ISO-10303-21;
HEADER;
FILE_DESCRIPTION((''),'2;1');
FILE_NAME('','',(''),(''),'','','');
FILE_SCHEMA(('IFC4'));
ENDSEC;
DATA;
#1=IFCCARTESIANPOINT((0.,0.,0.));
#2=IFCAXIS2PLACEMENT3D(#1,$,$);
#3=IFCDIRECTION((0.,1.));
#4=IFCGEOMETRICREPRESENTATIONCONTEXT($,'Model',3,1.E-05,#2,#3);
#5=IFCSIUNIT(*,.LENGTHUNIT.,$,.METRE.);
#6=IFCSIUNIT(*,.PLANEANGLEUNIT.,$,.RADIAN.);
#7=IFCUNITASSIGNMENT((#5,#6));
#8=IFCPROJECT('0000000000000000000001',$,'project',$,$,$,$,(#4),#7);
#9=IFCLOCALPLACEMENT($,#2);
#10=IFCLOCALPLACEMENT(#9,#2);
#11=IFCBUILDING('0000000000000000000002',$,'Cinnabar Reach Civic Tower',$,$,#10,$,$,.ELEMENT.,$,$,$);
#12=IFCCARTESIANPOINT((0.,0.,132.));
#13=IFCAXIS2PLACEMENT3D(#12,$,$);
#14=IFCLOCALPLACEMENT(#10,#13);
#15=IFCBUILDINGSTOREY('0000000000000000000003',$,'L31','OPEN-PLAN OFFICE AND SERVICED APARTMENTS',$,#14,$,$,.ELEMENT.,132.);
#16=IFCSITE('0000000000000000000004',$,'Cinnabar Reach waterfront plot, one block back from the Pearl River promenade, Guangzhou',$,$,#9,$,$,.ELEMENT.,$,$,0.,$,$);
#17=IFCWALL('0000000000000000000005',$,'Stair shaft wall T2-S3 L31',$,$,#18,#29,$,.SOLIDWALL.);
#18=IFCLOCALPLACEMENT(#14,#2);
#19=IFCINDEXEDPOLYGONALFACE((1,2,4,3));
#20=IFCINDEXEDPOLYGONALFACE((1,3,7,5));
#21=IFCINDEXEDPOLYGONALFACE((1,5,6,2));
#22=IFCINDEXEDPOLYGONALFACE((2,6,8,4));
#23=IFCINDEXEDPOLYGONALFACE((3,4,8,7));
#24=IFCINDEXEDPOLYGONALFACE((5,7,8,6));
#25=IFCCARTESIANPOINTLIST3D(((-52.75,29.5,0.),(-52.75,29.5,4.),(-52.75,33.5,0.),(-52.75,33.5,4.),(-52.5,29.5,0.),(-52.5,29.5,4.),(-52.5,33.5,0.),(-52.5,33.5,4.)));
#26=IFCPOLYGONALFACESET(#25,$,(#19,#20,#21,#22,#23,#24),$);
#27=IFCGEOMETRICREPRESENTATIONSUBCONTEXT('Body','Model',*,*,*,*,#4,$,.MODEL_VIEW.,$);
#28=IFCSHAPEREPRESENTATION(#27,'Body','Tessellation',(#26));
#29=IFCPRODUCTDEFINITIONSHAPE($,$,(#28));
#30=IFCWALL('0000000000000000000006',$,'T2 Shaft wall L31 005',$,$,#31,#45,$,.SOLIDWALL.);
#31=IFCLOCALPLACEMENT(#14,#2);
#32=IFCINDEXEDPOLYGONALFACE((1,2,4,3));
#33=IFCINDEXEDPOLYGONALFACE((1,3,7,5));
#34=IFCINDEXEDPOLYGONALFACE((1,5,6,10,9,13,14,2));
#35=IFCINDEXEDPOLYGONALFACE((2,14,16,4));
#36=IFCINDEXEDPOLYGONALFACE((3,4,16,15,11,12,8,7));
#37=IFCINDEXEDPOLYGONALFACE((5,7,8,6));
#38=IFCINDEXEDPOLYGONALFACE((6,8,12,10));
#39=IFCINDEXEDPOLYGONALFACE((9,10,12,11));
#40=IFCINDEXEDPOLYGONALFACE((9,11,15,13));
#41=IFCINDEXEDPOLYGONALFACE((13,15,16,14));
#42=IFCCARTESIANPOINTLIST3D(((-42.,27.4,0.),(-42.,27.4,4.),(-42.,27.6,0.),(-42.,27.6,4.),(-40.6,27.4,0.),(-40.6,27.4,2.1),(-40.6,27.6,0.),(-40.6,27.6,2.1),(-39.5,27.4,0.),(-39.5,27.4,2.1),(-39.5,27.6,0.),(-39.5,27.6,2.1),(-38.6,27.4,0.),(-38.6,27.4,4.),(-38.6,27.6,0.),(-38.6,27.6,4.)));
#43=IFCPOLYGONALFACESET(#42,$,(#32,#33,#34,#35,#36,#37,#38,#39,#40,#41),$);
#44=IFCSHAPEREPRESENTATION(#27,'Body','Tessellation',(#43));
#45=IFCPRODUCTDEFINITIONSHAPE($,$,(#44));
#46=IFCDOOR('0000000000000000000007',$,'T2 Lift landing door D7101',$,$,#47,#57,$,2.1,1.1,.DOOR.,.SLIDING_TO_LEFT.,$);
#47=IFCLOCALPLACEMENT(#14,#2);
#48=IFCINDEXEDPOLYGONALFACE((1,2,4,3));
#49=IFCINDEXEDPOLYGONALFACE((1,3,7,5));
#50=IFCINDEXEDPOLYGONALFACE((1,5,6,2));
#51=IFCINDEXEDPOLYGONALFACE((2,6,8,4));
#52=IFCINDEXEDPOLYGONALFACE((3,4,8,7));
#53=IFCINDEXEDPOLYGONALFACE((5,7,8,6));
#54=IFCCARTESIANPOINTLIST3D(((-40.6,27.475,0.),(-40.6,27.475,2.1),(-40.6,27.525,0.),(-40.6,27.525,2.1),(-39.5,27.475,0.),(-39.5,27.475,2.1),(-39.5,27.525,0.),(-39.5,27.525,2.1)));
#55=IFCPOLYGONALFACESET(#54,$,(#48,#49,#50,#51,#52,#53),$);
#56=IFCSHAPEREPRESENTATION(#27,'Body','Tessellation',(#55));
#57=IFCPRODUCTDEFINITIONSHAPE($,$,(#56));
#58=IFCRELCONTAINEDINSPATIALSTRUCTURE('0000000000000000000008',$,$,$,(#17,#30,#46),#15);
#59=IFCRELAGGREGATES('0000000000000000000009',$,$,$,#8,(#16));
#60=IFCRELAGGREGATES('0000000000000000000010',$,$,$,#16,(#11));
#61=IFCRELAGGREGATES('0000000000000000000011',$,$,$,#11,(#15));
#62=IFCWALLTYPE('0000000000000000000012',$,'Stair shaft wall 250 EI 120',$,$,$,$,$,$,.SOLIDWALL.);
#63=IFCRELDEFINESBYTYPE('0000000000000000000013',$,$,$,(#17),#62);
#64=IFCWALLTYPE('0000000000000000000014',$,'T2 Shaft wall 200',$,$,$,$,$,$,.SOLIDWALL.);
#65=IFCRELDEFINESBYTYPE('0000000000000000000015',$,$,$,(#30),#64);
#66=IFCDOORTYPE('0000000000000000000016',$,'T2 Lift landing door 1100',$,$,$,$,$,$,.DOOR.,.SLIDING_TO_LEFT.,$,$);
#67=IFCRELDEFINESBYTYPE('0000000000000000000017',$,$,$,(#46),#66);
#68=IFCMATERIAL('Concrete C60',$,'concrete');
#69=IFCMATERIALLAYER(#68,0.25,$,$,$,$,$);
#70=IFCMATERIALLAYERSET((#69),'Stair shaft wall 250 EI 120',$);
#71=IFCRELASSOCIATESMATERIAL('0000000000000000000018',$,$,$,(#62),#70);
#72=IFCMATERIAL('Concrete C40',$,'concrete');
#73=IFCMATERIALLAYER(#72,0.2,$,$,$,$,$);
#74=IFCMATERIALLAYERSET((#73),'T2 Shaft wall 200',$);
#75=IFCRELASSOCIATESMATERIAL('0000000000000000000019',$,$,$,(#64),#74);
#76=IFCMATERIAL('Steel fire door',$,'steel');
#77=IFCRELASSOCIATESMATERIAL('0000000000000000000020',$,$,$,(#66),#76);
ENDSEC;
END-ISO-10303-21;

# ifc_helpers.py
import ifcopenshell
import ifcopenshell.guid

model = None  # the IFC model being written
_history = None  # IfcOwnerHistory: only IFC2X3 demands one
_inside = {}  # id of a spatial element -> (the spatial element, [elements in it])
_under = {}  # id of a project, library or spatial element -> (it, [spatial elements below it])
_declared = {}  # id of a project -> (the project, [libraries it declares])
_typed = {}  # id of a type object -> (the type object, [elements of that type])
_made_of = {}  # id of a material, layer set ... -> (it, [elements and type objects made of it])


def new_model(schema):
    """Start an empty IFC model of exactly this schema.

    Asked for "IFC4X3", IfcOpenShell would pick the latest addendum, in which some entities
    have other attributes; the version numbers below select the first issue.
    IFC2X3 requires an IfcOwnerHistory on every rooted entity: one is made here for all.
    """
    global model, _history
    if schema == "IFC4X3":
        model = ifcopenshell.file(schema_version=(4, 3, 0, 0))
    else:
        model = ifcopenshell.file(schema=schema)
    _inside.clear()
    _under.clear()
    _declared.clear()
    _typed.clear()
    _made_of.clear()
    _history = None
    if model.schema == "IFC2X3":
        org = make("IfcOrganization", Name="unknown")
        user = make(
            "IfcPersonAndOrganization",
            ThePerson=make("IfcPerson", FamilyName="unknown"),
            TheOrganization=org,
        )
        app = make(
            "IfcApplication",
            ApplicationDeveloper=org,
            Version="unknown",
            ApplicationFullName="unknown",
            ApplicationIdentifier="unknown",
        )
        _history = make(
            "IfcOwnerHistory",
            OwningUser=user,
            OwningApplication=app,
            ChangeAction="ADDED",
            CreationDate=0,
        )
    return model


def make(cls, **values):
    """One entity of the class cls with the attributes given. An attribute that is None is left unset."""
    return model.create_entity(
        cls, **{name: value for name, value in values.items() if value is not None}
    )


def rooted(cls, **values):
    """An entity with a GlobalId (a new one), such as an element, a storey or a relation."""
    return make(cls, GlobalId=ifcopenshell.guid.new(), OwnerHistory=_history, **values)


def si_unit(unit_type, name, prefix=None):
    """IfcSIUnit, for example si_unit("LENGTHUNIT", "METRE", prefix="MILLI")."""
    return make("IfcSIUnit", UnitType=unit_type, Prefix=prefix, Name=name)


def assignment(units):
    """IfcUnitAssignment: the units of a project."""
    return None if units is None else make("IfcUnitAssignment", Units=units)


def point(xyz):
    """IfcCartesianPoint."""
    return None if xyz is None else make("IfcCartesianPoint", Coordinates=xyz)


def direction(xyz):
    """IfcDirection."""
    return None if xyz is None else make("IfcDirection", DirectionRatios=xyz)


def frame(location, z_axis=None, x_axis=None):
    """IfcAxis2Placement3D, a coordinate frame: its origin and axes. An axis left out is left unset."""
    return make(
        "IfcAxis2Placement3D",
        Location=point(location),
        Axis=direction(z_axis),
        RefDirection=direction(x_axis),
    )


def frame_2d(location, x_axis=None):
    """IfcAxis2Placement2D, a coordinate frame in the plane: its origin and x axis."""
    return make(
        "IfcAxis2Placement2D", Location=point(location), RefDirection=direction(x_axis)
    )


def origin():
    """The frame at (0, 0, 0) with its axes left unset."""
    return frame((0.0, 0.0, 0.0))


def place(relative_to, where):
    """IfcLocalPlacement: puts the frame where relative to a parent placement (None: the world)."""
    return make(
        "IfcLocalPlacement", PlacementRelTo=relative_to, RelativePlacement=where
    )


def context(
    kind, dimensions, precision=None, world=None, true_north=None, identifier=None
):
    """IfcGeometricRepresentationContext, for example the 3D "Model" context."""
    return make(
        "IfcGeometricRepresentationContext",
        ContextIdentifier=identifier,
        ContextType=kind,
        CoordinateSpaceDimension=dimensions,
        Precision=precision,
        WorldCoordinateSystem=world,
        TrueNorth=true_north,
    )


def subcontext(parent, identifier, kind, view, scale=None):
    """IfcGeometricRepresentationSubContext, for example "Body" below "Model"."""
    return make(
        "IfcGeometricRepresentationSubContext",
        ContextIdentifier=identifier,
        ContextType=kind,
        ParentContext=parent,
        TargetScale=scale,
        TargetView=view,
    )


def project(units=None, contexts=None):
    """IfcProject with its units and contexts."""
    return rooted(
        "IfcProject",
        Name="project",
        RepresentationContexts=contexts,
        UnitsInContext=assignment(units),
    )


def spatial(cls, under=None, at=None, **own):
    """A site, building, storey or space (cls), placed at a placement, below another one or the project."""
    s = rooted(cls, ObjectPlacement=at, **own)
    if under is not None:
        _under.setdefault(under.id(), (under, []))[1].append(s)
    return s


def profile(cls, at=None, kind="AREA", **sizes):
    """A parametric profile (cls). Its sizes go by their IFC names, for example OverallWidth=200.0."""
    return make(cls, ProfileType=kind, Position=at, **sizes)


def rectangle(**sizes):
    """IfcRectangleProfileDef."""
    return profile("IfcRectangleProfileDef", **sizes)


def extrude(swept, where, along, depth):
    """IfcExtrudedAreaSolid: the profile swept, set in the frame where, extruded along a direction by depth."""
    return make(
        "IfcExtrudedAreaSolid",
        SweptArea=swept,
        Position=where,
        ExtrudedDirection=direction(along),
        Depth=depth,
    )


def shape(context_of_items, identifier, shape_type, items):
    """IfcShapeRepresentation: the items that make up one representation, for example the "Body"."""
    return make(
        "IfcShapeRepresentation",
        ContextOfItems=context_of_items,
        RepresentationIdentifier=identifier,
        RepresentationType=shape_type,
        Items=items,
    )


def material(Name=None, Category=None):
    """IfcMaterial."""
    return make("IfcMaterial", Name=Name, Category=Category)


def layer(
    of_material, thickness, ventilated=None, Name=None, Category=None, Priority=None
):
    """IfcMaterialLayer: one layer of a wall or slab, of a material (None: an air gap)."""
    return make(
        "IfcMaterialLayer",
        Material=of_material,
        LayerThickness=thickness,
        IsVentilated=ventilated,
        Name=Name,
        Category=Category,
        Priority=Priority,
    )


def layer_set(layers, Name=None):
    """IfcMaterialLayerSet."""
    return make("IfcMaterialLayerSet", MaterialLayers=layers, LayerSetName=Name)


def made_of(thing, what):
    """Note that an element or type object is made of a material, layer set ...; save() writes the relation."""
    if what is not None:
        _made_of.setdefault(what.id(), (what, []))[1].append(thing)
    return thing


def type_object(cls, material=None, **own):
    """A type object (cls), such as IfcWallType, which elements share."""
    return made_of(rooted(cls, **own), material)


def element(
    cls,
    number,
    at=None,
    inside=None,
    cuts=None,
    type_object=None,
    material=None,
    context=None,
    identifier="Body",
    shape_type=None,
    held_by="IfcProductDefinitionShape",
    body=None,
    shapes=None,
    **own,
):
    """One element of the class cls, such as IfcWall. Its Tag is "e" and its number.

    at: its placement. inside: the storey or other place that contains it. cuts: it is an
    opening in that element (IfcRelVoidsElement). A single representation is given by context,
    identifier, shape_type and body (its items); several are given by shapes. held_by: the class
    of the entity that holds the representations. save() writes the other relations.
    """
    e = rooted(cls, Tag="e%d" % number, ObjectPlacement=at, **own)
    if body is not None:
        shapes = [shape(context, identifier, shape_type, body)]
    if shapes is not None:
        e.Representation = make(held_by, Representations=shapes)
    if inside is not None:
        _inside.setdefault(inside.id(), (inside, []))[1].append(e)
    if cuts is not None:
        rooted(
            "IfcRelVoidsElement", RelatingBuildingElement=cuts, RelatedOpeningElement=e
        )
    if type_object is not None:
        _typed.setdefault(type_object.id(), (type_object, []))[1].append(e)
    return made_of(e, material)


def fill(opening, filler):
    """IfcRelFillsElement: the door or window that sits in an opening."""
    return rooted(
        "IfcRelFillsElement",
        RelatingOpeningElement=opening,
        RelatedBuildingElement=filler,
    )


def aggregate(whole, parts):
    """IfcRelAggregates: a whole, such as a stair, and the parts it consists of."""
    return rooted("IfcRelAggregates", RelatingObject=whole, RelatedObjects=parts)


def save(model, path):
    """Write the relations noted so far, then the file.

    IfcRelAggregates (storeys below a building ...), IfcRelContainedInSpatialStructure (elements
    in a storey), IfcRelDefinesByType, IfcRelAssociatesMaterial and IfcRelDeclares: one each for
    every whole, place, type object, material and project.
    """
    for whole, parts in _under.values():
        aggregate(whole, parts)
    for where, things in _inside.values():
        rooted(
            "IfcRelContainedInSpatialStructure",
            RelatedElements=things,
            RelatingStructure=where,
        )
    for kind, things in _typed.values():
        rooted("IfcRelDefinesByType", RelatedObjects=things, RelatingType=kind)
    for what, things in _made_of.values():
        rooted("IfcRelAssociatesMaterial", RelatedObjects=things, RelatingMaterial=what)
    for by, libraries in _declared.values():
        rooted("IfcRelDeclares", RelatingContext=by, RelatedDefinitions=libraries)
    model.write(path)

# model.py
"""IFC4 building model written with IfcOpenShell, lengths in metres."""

from ifc_helpers import new_model, si_unit, direction, frame, frame_2d, origin, place, context, subcontext, project, spatial, rectangle, extrude, material, layer, layer_set, type_object, element, fill, save


model = new_model("IFC4")

# Units and contexts
model_context = context("Model", 3, precision=1e-05, world=origin(), true_north=direction((0.0, 1.0)))
body_context = subcontext(model_context, "Body", "Model", "MODEL_VIEW")
ifc_project = project(units=[si_unit("LENGTHUNIT", "METRE"), si_unit("PLANEANGLEUNIT", "RADIAN")], contexts=[model_context])

# Site, building, storey
site_placement = place(None, origin())
site = spatial("IfcSite", under=ifc_project, at=site_placement, Name="Cinnabar Reach waterfront plot, one block back from the Pearl River promenade, Guangzhou", CompositionType="ELEMENT", RefElevation=0.0)
building_placement = place(site_placement, origin())
building = spatial("IfcBuilding", under=site, at=building_placement, Name="Cinnabar Reach Civic Tower", CompositionType="ELEMENT")
storey_placement = place(building_placement, frame((0.0, 0.0, 132.0)))
storey = spatial("IfcBuildingStorey", under=building, at=storey_placement, Name="L31", Description="OPEN-PLAN OFFICE AND SERVICED APARTMENTS", CompositionType="ELEMENT", Elevation=132.0)

# Shared definitions
ifc_material_1 = material(Name="Concrete C60", Category="concrete")

# Shared definitions
ifc_material_2 = material(Name="Steel fire door", Category="steel")

# Wall
ifc_layer_1 = layer(ifc_material_1, 0.25)
ifc_layer_set_1 = layer_set([ifc_layer_1], Name="Stair shaft wall 250 EI 120")
wall_type_1 = type_object("IfcWallType", Name="Stair shaft wall 250 EI 120", PredefinedType="SOLIDWALL", material=ifc_layer_set_1)
wall_1_placement = place(storey_placement, frame((-52.625, 29.5, 0.0), z_axis=(0.0, 0.0, 1.0), x_axis=(0.0, 1.0, 0.0)))
element("IfcWall", 1, at=wall_1_placement, inside=storey, type_object=wall_type_1, Name="Stair shaft wall T2-S3 L31", PredefinedType="SOLIDWALL", context=body_context, shape_type="SweptSolid", body=[
    extrude(rectangle(XDim=4.0, YDim=0.25, at=frame_2d((2.0, 0.0))), origin(), (0.0, 0.0, 1.0), 4.0),
])

# Wall, opening, door
ifc_material_3 = material(Name="Concrete C40", Category="concrete")
ifc_layer_2 = layer(ifc_material_3, 0.2)
ifc_layer_set_2 = layer_set([ifc_layer_2], Name="T2 Shaft wall 200")
wall_type_2 = type_object("IfcWallType", Name="T2 Shaft wall 200", PredefinedType="SOLIDWALL", material=ifc_layer_set_2)
wall_2_placement = place(storey_placement, frame((-42.0, 27.5, 0.0), z_axis=(0.0, 0.0, 1.0), x_axis=(1.0, 0.0, 0.0)))
wall_2 = element("IfcWall", 2, at=wall_2_placement, inside=storey, type_object=wall_type_2, Name="T2 Shaft wall L31 005", PredefinedType="SOLIDWALL", context=body_context, shape_type="SweptSolid", body=[
    extrude(rectangle(XDim=3.4, YDim=0.2, at=frame_2d((1.7, 0.0))), origin(), (0.0, 0.0, 1.0), 4.0),
])
opening_1_placement = place(wall_2_placement, frame((1.4, 0.0, 0.0)))
opening_1 = element("IfcOpeningElement", 3, at=opening_1_placement, cuts=wall_2, PredefinedType="OPENING", context=body_context, shape_type="SweptSolid", body=[
    extrude(rectangle(XDim=1.1, YDim=2.1, at=frame_2d((0.55, 1.05))), frame((0.0, 0.11, 0.0), z_axis=(0.0, -1.0, 0.0), x_axis=(1.0, 0.0, 0.0)), (0.0, 0.0, 1.0), 0.22),
])
door_type_1 = type_object("IfcDoorType", Name="T2 Lift landing door 1100", OperationType="SLIDING_TO_LEFT", PredefinedType="DOOR", material=ifc_material_2)
door_1_placement = place(opening_1_placement, origin())
door_1 = element("IfcDoor", 4, at=door_1_placement, inside=storey, type_object=door_type_1, Name="T2 Lift landing door D7101", OperationType="SLIDING_TO_LEFT", OverallHeight=2.1, OverallWidth=1.1, PredefinedType="DOOR", context=body_context, shape_type="SweptSolid", body=[
    extrude(rectangle(XDim=1.1, YDim=2.1, at=frame_2d((0.55, 1.05))), frame((0.0, 0.025, 0.0), z_axis=(0.0, -1.0, 0.0), x_axis=(1.0, 0.0, 0.0)), (0.0, 0.0, 1.0), 0.05),
])
fill(opening_1, door_1)

save(model, "model.ifc")
